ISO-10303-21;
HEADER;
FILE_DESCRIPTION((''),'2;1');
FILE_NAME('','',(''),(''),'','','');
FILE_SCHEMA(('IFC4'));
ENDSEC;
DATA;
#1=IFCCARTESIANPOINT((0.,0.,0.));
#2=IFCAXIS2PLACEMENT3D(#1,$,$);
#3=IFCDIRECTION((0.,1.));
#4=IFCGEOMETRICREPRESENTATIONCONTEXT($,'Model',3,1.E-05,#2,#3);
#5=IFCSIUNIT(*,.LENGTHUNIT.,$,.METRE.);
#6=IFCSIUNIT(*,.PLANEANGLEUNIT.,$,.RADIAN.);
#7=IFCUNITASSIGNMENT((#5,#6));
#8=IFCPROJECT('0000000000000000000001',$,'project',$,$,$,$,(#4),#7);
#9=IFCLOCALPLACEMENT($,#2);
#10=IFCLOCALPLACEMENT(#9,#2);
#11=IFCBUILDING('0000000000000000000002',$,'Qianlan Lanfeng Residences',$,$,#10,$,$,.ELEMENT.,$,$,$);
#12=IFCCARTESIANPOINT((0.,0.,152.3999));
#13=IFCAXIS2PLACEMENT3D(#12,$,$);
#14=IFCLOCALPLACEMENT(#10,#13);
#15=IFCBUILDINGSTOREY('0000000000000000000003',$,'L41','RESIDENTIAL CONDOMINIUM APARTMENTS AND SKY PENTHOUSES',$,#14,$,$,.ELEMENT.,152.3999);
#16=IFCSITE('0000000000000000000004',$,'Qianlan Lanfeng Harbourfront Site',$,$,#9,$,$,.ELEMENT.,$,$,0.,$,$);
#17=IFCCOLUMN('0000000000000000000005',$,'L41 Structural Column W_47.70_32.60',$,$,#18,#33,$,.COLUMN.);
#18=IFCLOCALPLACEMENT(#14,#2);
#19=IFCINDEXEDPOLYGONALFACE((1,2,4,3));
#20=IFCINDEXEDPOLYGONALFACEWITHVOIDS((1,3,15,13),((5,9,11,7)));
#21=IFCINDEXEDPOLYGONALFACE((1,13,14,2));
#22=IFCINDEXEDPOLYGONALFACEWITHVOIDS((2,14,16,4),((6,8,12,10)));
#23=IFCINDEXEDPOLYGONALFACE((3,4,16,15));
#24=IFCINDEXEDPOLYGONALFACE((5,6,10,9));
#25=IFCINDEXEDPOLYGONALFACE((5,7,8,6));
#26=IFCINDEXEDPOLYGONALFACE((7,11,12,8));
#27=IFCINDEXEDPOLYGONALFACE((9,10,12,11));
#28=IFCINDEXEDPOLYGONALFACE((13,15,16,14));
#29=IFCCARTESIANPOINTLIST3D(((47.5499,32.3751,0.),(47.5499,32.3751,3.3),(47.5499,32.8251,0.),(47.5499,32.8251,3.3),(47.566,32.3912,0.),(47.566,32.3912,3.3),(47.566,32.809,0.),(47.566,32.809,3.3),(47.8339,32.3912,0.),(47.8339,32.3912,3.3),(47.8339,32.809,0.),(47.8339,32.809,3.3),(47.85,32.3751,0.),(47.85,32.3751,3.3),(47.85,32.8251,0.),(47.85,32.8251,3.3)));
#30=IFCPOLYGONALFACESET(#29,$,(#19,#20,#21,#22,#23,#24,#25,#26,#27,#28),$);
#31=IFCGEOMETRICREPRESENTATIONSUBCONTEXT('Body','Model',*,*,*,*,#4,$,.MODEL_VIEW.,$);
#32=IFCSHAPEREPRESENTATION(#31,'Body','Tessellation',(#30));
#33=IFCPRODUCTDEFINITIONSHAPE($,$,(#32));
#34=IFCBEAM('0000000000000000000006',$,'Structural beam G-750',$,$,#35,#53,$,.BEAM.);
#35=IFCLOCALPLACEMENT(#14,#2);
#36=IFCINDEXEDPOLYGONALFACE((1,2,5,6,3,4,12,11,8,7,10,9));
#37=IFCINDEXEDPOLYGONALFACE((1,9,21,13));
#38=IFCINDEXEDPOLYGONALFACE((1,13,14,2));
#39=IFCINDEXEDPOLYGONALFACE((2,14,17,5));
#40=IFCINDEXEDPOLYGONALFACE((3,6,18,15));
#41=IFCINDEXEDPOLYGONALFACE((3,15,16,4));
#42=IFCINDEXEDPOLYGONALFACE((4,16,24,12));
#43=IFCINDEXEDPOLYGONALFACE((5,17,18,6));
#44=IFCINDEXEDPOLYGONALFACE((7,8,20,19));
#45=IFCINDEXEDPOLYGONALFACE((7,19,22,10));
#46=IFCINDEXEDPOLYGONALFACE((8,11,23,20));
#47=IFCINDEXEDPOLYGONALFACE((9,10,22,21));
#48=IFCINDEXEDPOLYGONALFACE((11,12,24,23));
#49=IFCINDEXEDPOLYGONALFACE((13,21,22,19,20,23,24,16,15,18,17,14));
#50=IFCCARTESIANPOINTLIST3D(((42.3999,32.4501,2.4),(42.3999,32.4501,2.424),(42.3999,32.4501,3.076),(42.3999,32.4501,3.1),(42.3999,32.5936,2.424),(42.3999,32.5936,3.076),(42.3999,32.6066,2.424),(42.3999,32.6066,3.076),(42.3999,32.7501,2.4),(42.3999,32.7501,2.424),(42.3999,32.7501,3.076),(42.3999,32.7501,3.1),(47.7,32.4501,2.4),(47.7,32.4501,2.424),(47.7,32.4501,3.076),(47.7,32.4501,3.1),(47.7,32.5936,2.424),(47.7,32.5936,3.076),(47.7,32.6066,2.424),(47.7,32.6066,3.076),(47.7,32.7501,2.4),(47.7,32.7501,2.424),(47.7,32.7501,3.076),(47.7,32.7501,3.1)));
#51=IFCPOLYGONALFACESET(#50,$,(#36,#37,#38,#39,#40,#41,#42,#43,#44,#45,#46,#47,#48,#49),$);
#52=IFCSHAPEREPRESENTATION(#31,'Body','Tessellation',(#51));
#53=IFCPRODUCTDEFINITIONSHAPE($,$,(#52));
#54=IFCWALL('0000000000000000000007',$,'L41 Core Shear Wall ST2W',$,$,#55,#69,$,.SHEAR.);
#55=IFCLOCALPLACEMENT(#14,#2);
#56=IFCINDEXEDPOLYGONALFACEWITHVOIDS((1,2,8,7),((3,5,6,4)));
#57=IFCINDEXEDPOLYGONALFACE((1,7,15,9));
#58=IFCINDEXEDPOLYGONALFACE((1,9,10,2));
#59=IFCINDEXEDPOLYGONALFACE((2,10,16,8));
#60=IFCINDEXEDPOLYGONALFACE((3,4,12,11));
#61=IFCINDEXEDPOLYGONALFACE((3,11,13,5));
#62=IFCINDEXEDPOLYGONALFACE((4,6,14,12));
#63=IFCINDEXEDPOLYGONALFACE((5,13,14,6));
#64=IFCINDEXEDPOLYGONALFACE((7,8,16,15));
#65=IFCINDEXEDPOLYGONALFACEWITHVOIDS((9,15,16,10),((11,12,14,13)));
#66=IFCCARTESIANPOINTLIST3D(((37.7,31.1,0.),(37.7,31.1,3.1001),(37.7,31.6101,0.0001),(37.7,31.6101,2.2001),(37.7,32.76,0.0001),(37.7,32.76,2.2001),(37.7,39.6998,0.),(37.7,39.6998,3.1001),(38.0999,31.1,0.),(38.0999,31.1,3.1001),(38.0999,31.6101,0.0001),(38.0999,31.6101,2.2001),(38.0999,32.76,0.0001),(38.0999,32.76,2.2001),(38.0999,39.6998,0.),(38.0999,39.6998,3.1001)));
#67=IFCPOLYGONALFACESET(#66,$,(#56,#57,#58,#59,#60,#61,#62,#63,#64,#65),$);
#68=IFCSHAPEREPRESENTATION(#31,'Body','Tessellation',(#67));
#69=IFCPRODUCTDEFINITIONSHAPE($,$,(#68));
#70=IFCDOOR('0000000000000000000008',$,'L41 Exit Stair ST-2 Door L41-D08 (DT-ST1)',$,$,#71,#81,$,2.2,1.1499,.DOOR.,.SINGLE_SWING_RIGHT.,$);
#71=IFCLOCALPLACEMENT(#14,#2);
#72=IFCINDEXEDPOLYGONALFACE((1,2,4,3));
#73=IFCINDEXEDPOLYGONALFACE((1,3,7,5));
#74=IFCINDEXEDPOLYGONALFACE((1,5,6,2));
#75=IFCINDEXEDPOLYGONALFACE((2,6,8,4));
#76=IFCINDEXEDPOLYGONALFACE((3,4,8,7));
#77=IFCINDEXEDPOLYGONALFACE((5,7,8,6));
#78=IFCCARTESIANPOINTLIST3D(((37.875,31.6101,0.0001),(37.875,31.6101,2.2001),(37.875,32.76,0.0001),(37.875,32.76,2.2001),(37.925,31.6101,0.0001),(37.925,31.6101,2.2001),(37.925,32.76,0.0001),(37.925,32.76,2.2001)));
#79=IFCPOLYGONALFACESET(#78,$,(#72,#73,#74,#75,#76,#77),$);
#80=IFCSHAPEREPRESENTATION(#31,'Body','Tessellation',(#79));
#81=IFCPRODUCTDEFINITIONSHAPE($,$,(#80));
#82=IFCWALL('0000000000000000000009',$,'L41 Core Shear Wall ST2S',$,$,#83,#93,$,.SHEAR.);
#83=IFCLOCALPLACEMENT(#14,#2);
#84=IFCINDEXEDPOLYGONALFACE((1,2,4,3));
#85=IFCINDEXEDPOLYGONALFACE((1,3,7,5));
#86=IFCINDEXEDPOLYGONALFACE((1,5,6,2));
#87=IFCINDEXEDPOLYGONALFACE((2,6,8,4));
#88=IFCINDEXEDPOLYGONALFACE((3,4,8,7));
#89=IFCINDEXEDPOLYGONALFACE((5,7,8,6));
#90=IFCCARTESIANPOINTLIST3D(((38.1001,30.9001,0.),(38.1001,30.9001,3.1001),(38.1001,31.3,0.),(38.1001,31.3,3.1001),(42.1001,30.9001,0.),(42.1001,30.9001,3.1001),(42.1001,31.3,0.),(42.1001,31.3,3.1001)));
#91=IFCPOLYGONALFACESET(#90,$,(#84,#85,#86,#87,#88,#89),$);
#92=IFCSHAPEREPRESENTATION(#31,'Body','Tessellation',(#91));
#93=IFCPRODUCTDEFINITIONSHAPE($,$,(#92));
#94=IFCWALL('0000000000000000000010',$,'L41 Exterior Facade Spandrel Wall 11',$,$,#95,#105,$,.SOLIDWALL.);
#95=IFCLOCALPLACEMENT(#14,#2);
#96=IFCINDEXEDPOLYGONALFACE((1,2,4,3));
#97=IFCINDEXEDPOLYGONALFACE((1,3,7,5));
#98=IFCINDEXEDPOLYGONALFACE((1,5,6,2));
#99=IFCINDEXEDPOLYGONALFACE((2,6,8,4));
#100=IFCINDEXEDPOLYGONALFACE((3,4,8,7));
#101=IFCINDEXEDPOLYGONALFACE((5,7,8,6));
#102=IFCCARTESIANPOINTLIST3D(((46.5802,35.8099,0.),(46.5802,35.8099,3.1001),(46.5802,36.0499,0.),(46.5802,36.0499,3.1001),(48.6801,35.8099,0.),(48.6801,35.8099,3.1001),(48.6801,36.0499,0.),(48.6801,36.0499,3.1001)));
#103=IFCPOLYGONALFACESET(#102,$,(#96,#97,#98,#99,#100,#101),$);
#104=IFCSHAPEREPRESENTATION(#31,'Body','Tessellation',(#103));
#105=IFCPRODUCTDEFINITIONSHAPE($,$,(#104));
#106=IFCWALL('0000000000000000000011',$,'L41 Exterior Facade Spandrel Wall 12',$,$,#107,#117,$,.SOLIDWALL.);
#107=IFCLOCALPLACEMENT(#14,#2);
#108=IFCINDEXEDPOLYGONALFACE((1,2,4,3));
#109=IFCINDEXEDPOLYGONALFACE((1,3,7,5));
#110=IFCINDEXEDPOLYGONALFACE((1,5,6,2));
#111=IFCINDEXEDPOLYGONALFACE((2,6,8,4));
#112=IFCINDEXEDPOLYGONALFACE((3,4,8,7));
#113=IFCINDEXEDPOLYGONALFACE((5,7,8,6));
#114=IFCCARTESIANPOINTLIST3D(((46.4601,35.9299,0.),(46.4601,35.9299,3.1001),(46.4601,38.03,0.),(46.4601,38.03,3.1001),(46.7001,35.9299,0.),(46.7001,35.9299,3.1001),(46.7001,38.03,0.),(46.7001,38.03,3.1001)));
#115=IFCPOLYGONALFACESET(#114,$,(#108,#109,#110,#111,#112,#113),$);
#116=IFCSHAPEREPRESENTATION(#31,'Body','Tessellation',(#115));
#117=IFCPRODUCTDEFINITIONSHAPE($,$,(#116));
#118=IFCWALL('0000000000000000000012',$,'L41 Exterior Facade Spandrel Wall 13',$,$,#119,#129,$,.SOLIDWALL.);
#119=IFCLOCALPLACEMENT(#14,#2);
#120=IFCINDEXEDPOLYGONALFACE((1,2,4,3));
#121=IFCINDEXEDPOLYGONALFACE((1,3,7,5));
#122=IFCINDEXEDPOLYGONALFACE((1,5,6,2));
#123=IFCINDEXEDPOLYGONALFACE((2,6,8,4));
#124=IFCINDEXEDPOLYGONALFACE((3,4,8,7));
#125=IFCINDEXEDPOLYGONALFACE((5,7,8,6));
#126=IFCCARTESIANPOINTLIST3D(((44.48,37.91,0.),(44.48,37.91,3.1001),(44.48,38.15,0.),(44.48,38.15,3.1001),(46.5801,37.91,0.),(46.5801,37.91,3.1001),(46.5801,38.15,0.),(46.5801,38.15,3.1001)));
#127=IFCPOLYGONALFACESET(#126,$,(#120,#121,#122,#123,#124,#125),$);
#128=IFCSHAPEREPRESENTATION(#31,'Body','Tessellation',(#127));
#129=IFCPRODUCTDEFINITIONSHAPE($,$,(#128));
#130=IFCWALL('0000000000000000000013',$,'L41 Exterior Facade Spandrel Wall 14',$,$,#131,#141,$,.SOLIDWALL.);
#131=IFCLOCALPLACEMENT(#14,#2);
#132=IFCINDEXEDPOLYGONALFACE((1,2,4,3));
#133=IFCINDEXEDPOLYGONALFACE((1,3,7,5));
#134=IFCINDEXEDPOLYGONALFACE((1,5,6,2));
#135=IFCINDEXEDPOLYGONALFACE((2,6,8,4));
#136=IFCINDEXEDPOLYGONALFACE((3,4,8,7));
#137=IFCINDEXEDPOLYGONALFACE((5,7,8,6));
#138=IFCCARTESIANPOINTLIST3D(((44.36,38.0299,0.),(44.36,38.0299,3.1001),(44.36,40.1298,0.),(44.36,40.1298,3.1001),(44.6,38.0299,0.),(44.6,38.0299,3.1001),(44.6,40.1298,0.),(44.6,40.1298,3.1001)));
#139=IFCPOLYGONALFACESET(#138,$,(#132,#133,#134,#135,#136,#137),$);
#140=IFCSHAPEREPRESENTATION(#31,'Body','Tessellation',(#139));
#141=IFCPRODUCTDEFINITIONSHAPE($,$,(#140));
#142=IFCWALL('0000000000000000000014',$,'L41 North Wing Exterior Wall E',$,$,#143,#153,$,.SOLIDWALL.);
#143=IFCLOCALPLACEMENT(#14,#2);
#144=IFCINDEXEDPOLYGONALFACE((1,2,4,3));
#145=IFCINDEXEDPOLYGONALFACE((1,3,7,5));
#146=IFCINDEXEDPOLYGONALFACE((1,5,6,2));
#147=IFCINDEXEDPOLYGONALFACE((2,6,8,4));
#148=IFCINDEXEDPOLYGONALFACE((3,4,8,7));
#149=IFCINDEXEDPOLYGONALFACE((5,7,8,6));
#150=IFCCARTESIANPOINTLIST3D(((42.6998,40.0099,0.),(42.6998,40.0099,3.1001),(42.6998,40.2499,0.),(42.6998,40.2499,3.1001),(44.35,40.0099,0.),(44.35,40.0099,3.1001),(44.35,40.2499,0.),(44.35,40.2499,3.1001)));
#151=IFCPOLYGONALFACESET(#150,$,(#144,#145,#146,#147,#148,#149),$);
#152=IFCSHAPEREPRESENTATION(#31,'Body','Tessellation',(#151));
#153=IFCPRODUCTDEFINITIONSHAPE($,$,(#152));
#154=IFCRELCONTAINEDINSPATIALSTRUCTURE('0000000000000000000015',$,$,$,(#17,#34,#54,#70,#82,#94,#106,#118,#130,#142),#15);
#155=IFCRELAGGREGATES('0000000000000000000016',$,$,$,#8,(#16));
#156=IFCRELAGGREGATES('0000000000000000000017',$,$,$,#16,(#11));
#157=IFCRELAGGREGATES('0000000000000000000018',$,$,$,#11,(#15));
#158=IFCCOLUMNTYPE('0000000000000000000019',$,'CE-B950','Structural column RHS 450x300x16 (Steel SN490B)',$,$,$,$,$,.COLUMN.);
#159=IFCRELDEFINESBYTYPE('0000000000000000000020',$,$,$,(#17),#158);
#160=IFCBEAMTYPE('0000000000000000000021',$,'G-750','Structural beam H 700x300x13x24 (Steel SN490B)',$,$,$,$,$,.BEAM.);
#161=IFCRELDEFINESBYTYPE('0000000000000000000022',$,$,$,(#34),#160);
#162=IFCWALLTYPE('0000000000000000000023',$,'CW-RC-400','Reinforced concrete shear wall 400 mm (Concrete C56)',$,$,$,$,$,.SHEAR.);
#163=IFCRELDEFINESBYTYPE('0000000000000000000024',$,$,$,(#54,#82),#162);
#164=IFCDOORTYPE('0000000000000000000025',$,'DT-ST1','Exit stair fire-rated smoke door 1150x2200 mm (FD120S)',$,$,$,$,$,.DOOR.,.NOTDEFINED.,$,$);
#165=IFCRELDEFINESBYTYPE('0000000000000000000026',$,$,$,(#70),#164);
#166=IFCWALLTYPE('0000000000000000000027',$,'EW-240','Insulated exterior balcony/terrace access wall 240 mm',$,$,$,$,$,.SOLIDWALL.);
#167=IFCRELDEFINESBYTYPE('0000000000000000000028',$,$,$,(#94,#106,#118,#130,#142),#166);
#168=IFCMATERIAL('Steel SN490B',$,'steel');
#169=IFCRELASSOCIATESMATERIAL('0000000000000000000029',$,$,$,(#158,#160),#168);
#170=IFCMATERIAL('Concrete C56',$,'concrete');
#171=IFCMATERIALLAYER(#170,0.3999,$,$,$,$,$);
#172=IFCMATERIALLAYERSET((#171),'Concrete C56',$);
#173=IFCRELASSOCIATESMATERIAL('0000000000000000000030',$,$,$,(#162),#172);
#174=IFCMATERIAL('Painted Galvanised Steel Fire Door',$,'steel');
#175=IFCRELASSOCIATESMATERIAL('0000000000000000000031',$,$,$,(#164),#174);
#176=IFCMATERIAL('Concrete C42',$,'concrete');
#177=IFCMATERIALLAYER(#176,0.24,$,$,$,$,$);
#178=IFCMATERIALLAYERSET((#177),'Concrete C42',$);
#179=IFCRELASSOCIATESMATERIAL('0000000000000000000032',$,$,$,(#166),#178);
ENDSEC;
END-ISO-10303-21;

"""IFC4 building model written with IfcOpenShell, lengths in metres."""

from ifc_helpers import new_model, si_unit, direction, frame, frame_2d, origin, origin_2d, place, context, subcontext, project, spatial, rectangle, hollow_rectangle, i_section, extrude, material, layer, layer_set, material_profile, profile_set, type_object, element, fill, save


model = new_model("IFC4")

# Units and contexts
model_context = context("Model", 3, precision=1e-05, world=origin(), true_north=direction((0.0, 1.0)))
body_context = subcontext(model_context, "Body", "Model", "MODEL_VIEW")
ifc_project = project(units=[si_unit("LENGTHUNIT", "METRE"), si_unit("PLANEANGLEUNIT", "RADIAN")], contexts=[model_context])

# Site, building, storey
site_placement = place(None, origin())
site = spatial("IfcSite", under=ifc_project, at=site_placement, Name="Qianlan Lanfeng Harbourfront Site", CompositionType="ELEMENT", RefElevation=0.0)
building_placement = place(site_placement, origin())
building = spatial("IfcBuilding", under=site, at=building_placement, Name="Qianlan Lanfeng Residences", CompositionType="ELEMENT")
storey_placement = place(building_placement, frame((0.0, 0.0, 152.3999)))
storey = spatial("IfcBuildingStorey", under=building, at=storey_placement, Name="L41", Description="RESIDENTIAL CONDOMINIUM APARTMENTS AND SKY PENTHOUSES", CompositionType="ELEMENT", Elevation=152.3999)

# Column
ifc_material_1 = material(Name="Steel SN490B", Category="steel")
ifc_material_profile_1 = material_profile(ifc_material_1, hollow_rectangle(XDim=0.3, YDim=0.45, WallThickness=0.0161, at=origin_2d()), Name="RHS 450x300x16")
ifc_profile_set_1 = profile_set([ifc_material_profile_1], Name="Steel SN490B")
column_type = type_object("IfcColumnType", Name="CE-B950", Description="Structural column RHS 450x300x16 (Steel SN490B)", PredefinedType="COLUMN", material=ifc_profile_set_1)
column_placement = place(storey_placement, frame((47.7, 32.6001, 0.0), z_axis=(0.0, 0.0, 1.0), x_axis=(1.0, 0.0, 0.0)))
element("IfcColumn", 1, at=column_placement, inside=storey, type_object=column_type, Name="L41 Structural Column W_47.70_32.60", PredefinedType="COLUMN", context=body_context, shape_type="SweptSolid", body=[
    extrude(hollow_rectangle(XDim=0.3, YDim=0.45, WallThickness=0.0161, at=origin_2d()), origin(), (0.0, 0.0, 1.0), 3.3),
])

# Beam
ifc_material_profile_2 = material_profile(ifc_material_1, i_section(OverallWidth=0.3, OverallDepth=0.7, WebThickness=0.0129, FlangeThickness=0.0239, at=origin_2d()), Name="H 700x300x13x24")
ifc_profile_set_2 = profile_set([ifc_material_profile_2], Name="Steel SN490B")
beam_type = type_object("IfcBeamType", Name="G-750", Description="Structural beam H 700x300x13x24 (Steel SN490B)", PredefinedType="BEAM", material=ifc_profile_set_2)
beam_placement = place(storey_placement, frame((42.3999, 32.6001, 2.75), z_axis=(1.0, 0.0, 0.0), x_axis=(0.0, 1.0, 0.0)))
element("IfcBeam", 2, at=beam_placement, inside=storey, type_object=beam_type, Name="Structural beam G-750", PredefinedType="BEAM", context=body_context, shape_type="SweptSolid", body=[
    extrude(i_section(OverallWidth=0.3, OverallDepth=0.7, WebThickness=0.0129, FlangeThickness=0.0239, at=origin_2d()), origin(), (0.0, 0.0, 1.0), 5.3),
])

# Wall, opening, door
ifc_material_2 = material(Name="Concrete C56", Category="concrete")
ifc_layer_1 = layer(ifc_material_2, 0.3999)
ifc_layer_set_1 = layer_set([ifc_layer_1], Name="Concrete C56")
wall_type_1 = type_object("IfcWallType", Name="CW-RC-400", Description="Reinforced concrete shear wall 400 mm (Concrete C56)", PredefinedType="SHEAR", material=ifc_layer_set_1)
wall_1_placement = place(storey_placement, frame((37.8999, 31.1001, 0.0), z_axis=(0.0, 0.0, 1.0), x_axis=(0.0, 1.0, 0.0)))
wall_1 = element("IfcWall", 3, at=wall_1_placement, inside=storey, type_object=wall_type_1, Name="L41 Core Shear Wall ST2W", PredefinedType="SHEAR", context=body_context, shape_type="SweptSolid", body=[
    extrude(rectangle(XDim=8.5999, YDim=0.3999, at=frame_2d((4.2998, 0.0))), origin(), (0.0, 0.0, 1.0), 3.1001),
])
opening_1_placement = place(wall_1_placement, frame((0.51, 0.0, 0.0)))
opening_1 = element("IfcOpeningElement", 4, at=opening_1_placement, cuts=wall_1, PredefinedType="OPENING", context=body_context, shape_type="SweptSolid", body=[
    extrude(rectangle(XDim=1.1499, YDim=2.2, at=frame_2d((0.575, 1.1001))), frame((0.0, 0.21, 0.0), z_axis=(0.0, -1.0, 0.0), x_axis=(1.0, 0.0, 0.0)), (0.0, 0.0, 1.0), 0.4199),
])
ifc_material_3 = material(Name="Painted Galvanised Steel Fire Door", Category="steel")
door_type_1 = type_object("IfcDoorType", Name="DT-ST1", Description="Exit stair fire-rated smoke door 1150x2200 mm (FD120S)", OperationType="NOTDEFINED", PredefinedType="DOOR", material=ifc_material_3)
door_1_placement = place(opening_1_placement, origin())
door_1 = element("IfcDoor", 5, at=door_1_placement, inside=storey, type_object=door_type_1, Name="L41 Exit Stair ST-2 Door L41-D08 (DT-ST1)", OperationType="SINGLE_SWING_RIGHT", OverallHeight=2.2, OverallWidth=1.1499, PredefinedType="DOOR", context=body_context, shape_type="SweptSolid", body=[
    extrude(rectangle(XDim=1.1499, YDim=2.2, at=frame_2d((0.575, 1.1001))), frame((0.0, 0.0249, 0.0), z_axis=(0.0, -1.0, 0.0), x_axis=(1.0, 0.0, 0.0)), (0.0, 0.0, 1.0), 0.05),
])
fill(opening_1, door_1)

# Walls
wall_2_placement = place(storey_placement, frame((38.1001, 31.1001, 0.0), z_axis=(0.0, 0.0, 1.0), x_axis=(1.0, 0.0, 0.0)))
element("IfcWall", 6, at=wall_2_placement, inside=storey, type_object=wall_type_1, Name="L41 Core Shear Wall ST2S", PredefinedType="SHEAR", context=body_context, shape_type="SweptSolid", body=[
    extrude(rectangle(XDim=4.0, YDim=0.3999, at=frame_2d((2.0, 0.0))), origin(), (0.0, 0.0, 1.0), 3.1001),
])
ifc_material_4 = material(Name="Concrete C42", Category="concrete")
ifc_layer_2 = layer(ifc_material_4, 0.24)
ifc_layer_set_2 = layer_set([ifc_layer_2], Name="Concrete C42")
wall_type_2 = type_object("IfcWallType", Name="EW-240", Description="Insulated exterior balcony/terrace access wall 240 mm", PredefinedType="SOLIDWALL", material=ifc_layer_set_2)
wall_3_placement = place(storey_placement, frame((48.6799, 35.9299, 0.0), z_axis=(0.0, 0.0, 1.0), x_axis=(-1.0, 0.0, 0.0)))
element("IfcWall", 7, at=wall_3_placement, inside=storey, type_object=wall_type_2, Name="L41 Exterior Facade Spandrel Wall 11", PredefinedType="SOLIDWALL", context=body_context, shape_type="SweptSolid", body=[
    extrude(rectangle(XDim=2.0999, YDim=0.24, at=frame_2d((1.0498, 0.0))), origin(), (0.0, 0.0, 1.0), 3.1001),
])
for number, where, z_axis, x_axis, name in (
    (8, (46.5801, 35.9299, 0.0), (0.0, 0.0, 1.0), (0.0, 1.0, 0.0), "L41 Exterior Facade Spandrel Wall 12"),
    (9, (46.5801, 38.03, 0.0), (0.0, 0.0, 1.0), (-1.0, 0.0, 0.0), "L41 Exterior Facade Spandrel Wall 13"),
):
    element("IfcWall", number, at=place(storey_placement, frame(where, z_axis=z_axis, x_axis=x_axis)), inside=storey, type_object=wall_type_2, Name=name, PredefinedType="SOLIDWALL", context=body_context, shape_type="SweptSolid", body=[
        extrude(rectangle(XDim=2.1001, YDim=0.24, at=frame_2d((1.05, 0.0))), origin(), (0.0, 0.0, 1.0), 3.1001),
    ])
wall_4_placement = place(storey_placement, frame((44.48, 38.03, 0.0), z_axis=(0.0, 0.0, 1.0), x_axis=(0.0, 1.0, 0.0)))
element("IfcWall", 10, at=wall_4_placement, inside=storey, type_object=wall_type_2, Name="L41 Exterior Facade Spandrel Wall 14", PredefinedType="SOLIDWALL", context=body_context, shape_type="SweptSolid", body=[
    extrude(rectangle(XDim=2.0999, YDim=0.24, at=frame_2d((1.0498, 0.0))), origin(), (0.0, 0.0, 1.0), 3.1001),
])
wall_5_placement = place(storey_placement, frame((44.3501, 40.1299, 0.0), z_axis=(0.0, 0.0, 1.0), x_axis=(-1.0, 0.0, 0.0)))
element("IfcWall", 11, at=wall_5_placement, inside=storey, type_object=wall_type_2, Name="L41 North Wing Exterior Wall E", PredefinedType="SOLIDWALL", context=body_context, shape_type="SweptSolid", body=[
    extrude(rectangle(XDim=1.6501, YDim=0.24, at=frame_2d((0.8252, 0.0))), origin(), (0.0, 0.0, 1.0), 3.1001),
])

save(model, "model.ifc")
